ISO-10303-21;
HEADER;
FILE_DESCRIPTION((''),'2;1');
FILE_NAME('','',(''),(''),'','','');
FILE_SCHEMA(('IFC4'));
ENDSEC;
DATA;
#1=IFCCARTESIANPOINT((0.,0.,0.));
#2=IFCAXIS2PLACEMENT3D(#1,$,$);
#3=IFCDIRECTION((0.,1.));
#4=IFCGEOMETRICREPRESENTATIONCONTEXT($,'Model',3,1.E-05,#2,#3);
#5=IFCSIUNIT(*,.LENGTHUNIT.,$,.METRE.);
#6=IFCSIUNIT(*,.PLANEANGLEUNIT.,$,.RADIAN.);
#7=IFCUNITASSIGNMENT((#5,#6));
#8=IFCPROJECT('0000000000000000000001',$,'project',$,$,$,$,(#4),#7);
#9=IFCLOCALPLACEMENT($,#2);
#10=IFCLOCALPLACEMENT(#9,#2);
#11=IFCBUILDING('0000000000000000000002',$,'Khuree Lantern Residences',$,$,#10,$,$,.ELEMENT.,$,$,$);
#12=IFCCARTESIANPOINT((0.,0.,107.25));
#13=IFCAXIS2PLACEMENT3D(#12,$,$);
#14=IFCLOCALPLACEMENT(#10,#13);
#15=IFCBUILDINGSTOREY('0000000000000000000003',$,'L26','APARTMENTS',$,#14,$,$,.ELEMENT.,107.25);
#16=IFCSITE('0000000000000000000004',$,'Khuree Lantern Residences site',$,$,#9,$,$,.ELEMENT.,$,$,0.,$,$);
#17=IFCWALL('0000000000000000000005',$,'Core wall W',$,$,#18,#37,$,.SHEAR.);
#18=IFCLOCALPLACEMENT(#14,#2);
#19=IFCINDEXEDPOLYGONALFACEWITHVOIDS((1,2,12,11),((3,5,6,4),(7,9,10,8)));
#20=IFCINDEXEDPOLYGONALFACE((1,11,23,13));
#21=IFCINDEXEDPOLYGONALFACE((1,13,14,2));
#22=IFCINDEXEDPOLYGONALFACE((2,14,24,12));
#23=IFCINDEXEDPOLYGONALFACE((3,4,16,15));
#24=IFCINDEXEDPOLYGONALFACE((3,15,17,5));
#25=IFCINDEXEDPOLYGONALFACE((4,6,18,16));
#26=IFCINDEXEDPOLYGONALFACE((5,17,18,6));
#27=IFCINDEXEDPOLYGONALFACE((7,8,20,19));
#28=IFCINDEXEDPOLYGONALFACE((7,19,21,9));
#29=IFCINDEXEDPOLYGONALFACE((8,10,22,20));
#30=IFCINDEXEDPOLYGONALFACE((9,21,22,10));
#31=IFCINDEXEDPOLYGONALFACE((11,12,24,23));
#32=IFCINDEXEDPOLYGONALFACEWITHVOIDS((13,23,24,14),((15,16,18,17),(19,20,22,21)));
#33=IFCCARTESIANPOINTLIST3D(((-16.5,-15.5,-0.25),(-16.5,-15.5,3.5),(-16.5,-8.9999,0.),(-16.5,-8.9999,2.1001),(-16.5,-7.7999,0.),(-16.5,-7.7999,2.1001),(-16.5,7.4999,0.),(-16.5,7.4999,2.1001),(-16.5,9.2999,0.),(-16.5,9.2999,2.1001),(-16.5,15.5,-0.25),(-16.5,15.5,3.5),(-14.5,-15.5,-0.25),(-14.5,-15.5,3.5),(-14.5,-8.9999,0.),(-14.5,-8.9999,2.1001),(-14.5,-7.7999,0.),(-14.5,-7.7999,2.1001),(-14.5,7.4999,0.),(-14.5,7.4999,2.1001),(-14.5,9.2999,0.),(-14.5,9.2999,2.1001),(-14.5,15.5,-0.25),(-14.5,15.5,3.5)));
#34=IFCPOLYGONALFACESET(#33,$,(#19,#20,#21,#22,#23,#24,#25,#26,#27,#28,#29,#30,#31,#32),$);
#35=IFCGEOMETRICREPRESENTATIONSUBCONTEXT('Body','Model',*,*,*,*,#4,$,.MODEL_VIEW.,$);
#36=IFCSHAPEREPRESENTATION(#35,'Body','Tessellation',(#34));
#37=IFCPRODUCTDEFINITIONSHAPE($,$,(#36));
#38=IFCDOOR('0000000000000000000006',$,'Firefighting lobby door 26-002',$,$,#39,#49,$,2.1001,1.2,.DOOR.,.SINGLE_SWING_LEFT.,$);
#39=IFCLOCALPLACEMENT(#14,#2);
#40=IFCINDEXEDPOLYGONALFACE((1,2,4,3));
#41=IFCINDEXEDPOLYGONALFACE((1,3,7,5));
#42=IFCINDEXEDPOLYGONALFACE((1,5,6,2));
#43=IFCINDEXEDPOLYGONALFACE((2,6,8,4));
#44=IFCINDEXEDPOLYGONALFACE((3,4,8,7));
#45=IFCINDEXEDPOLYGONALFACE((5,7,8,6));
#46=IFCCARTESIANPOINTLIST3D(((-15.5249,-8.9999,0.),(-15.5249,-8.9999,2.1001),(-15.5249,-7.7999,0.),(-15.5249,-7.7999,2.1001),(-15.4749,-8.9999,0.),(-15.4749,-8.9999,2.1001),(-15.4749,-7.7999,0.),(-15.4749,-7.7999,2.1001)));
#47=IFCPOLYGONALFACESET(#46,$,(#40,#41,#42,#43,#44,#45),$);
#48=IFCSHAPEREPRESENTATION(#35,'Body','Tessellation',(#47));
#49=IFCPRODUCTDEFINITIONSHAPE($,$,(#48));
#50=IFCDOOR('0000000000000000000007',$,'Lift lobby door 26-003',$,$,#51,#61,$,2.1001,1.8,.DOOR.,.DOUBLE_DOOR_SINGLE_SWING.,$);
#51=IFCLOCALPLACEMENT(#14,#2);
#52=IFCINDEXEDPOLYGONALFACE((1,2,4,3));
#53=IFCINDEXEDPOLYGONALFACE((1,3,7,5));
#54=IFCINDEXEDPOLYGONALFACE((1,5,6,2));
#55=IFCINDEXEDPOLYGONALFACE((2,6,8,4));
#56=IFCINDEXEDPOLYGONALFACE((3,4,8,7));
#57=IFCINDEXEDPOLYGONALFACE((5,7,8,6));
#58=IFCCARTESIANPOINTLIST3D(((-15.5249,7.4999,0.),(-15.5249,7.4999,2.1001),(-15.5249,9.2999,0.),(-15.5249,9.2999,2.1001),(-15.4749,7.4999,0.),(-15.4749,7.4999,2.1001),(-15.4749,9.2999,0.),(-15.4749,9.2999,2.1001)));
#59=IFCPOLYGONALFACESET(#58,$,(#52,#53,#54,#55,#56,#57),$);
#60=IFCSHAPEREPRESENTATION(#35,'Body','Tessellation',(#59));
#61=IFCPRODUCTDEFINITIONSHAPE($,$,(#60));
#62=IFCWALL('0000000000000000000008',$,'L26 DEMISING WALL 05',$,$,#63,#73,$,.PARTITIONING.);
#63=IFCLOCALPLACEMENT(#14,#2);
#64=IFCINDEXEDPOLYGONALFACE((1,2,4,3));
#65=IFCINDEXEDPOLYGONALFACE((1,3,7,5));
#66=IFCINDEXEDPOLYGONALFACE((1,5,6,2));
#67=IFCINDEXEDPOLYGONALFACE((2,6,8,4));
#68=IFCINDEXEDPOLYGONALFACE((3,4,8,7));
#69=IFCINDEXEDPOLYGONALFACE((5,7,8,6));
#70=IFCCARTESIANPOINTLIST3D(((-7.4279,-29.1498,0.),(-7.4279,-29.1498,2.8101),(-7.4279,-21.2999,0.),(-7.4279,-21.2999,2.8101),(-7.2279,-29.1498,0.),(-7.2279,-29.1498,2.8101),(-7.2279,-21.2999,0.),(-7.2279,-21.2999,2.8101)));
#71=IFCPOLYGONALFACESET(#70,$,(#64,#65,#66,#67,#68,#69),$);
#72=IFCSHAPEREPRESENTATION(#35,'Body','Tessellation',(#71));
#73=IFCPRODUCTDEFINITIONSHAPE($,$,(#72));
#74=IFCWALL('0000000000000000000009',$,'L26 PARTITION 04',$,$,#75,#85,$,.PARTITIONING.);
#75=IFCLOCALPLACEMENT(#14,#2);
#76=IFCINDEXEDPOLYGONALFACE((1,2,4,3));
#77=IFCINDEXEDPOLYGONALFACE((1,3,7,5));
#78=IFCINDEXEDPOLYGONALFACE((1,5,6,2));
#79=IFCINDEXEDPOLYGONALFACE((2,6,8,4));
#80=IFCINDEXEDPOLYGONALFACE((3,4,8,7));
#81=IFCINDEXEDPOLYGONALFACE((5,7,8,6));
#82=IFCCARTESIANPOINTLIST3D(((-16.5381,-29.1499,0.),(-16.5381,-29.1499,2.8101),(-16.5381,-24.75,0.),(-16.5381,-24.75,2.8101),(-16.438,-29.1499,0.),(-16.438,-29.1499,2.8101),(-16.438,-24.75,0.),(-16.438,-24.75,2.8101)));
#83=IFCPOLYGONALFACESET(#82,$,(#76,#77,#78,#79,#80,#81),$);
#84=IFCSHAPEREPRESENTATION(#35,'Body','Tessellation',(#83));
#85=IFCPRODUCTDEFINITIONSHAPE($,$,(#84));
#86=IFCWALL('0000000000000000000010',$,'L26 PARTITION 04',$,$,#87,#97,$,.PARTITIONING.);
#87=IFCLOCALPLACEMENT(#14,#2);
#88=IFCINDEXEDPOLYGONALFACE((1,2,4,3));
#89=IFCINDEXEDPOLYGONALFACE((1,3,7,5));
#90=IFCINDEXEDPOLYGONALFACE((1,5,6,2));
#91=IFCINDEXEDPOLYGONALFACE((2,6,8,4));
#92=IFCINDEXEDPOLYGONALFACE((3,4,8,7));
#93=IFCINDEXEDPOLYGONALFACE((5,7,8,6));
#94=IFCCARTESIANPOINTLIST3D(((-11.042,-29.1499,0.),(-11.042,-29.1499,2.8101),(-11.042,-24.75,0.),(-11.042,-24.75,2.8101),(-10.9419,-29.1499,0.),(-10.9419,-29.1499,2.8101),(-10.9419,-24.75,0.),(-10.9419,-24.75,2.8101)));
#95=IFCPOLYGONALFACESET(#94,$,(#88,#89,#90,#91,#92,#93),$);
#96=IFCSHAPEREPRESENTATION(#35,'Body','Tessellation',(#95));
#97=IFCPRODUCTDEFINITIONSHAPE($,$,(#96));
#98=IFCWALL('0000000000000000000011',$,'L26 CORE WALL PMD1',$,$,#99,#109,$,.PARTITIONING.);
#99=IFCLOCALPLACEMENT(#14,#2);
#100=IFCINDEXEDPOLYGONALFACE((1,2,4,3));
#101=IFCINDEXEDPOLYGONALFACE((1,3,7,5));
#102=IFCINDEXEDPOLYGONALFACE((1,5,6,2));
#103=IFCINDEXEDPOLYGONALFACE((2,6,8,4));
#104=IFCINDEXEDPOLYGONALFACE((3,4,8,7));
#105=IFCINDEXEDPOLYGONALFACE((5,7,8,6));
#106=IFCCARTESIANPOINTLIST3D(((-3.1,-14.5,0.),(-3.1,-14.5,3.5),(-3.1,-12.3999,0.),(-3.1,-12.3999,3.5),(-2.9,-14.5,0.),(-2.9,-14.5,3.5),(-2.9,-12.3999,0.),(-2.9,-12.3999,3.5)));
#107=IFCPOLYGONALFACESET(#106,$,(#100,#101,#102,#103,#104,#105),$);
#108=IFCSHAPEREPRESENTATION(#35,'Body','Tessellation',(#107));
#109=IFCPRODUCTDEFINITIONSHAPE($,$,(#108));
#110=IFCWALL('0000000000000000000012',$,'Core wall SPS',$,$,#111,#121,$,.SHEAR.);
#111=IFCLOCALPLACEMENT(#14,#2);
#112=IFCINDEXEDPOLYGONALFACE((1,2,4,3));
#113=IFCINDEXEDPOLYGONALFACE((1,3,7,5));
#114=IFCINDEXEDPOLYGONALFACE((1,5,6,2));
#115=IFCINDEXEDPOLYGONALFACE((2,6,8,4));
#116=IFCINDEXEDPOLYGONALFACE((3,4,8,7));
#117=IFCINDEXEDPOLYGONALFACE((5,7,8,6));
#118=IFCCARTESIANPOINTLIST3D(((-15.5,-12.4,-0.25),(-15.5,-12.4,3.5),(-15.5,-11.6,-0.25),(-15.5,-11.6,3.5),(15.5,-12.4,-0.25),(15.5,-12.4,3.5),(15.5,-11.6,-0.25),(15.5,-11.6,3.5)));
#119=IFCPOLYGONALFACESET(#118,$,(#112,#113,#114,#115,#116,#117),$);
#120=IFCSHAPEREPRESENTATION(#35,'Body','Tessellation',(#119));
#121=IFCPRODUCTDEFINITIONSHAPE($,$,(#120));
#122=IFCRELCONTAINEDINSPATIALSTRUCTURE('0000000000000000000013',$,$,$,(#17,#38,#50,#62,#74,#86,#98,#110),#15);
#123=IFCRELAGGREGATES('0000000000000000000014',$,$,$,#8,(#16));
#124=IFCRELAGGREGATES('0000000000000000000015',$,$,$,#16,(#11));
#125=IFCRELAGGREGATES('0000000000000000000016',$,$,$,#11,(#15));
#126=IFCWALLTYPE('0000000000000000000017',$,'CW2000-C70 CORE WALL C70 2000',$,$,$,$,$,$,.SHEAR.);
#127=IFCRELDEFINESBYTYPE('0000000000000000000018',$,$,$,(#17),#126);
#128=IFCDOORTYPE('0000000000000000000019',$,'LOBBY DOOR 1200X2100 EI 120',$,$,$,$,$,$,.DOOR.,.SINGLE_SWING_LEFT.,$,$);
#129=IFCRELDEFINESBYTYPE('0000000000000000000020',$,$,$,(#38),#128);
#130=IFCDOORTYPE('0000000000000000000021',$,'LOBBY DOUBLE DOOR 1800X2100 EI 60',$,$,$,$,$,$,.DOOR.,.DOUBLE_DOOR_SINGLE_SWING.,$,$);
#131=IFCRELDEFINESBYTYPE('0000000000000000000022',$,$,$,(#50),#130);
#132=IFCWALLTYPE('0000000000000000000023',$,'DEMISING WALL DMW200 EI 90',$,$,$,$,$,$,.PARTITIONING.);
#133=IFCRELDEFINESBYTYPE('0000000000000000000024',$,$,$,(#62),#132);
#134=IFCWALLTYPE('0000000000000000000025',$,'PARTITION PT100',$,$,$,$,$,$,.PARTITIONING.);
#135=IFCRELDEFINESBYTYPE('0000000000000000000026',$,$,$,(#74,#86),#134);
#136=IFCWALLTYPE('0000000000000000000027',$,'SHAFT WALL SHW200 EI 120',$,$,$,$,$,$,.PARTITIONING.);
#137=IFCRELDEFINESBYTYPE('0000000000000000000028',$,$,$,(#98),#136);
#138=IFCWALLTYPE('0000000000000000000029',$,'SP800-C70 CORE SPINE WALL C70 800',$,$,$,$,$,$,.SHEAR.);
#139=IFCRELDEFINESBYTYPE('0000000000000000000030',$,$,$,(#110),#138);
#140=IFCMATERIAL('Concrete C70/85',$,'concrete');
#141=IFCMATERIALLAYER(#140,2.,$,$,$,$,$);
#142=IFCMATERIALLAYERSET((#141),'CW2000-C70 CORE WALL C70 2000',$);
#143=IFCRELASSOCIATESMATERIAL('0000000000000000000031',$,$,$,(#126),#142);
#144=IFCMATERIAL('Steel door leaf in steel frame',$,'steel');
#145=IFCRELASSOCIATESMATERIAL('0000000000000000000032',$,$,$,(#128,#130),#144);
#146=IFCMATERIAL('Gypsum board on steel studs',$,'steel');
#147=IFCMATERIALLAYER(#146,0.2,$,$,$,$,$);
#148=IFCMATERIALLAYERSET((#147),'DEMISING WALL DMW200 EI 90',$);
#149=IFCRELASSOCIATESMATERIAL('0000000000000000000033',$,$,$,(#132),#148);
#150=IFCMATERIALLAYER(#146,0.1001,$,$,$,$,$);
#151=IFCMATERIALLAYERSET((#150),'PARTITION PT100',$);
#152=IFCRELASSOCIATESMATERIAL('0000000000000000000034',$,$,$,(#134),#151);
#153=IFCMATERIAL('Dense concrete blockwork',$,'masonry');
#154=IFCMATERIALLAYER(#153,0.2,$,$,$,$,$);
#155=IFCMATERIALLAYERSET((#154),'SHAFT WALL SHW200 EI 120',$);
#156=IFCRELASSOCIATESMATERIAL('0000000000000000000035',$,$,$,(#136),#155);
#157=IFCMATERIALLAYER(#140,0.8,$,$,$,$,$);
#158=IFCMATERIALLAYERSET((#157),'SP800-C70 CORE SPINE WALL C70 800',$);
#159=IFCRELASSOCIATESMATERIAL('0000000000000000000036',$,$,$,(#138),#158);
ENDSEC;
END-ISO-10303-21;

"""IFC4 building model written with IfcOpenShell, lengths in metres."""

from ifc_helpers import new_model, si_unit, direction, frame, frame_2d, origin, place, context, subcontext, project, spatial, rectangle, extrude, material, layer, layer_set, type_object, element, fill, save


model = new_model("IFC4")

# Units and contexts
model_context = context("Model", 3, precision=1e-05, world=origin(), true_north=direction((0.0, 1.0)))
body_context = subcontext(model_context, "Body", "Model", "MODEL_VIEW")
ifc_project = project(units=[si_unit("LENGTHUNIT", "METRE"), si_unit("PLANEANGLEUNIT", "RADIAN")], contexts=[model_context])

# Site, building, storey
site_placement = place(None, origin())
site = spatial("IfcSite", under=ifc_project, at=site_placement, Name="Khuree Lantern Residences site", CompositionType="ELEMENT", RefElevation=0.0)
building_placement = place(site_placement, origin())
building = spatial("IfcBuilding", under=site, at=building_placement, Name="Khuree Lantern Residences", CompositionType="ELEMENT")
storey_placement = place(building_placement, frame((0.0, 0.0, 107.25)))
storey = spatial("IfcBuildingStorey", under=building, at=storey_placement, Name="L26", Description="APARTMENTS", CompositionType="ELEMENT", Elevation=107.25)

# Shared definitions
ifc_material_1 = material(Name="Concrete C70/85", Category="concrete")

# Shared definitions
ifc_material_2 = material(Name="Dense concrete blockwork", Category="masonry")

# Shared definitions
ifc_material_3 = material(Name="Gypsum board on steel studs", Category="steel")

# Wall, openings, doors
ifc_layer_1 = layer(ifc_material_1, 2.0)
ifc_layer_set_1 = layer_set([ifc_layer_1], Name="CW2000-C70 CORE WALL C70 2000")
wall_type_1 = type_object("IfcWallType", Name="CW2000-C70 CORE WALL C70 2000", PredefinedType="SHEAR", material=ifc_layer_set_1)
wall_1_placement = place(storey_placement, frame((-15.5, -15.5, -0.25), z_axis=(0.0, 0.0, 1.0), x_axis=(0.0, 1.0, 0.0)))
wall_1 = element("IfcWall", 1, at=wall_1_placement, inside=storey, type_object=wall_type_1, Name="Core wall W", PredefinedType="SHEAR", context=body_context, shape_type="SweptSolid", body=[
    extrude(rectangle(XDim=31.0, YDim=2.0, at=frame_2d((15.5, 0.0))), origin(), (0.0, 0.0, 1.0), 3.75),
])
opening_1_placement = place(wall_1_placement, frame((6.5, 0.0, 0.25)))
opening_1 = element("IfcOpeningElement", 2, at=opening_1_placement, cuts=wall_1, PredefinedType="OPENING", context=body_context, shape_type="SweptSolid", body=[
    extrude(rectangle(XDim=1.2, YDim=2.1001, at=frame_2d((0.6001, 1.05))), frame((0.0, 1.01, 0.0), z_axis=(0.0, -1.0, 0.0), x_axis=(1.0, 0.0, 0.0)), (0.0, 0.0, 1.0), 2.02),
])
opening_2_placement = place(wall_1_placement, frame((23.0, 0.0, 0.25)))
opening_2 = element("IfcOpeningElement", 3, at=opening_2_placement, cuts=wall_1, PredefinedType="OPENING", context=body_context, shape_type="SweptSolid", body=[
    extrude(rectangle(XDim=1.8, YDim=2.1001, at=frame_2d((0.8999, 1.05))), frame((0.0, 1.01, 0.0), z_axis=(0.0, -1.0, 0.0), x_axis=(1.0, 0.0, 0.0)), (0.0, 0.0, 1.0), 2.02),
])
ifc_material_4 = material(Name="Steel door leaf in steel frame", Category="steel")
door_type_1 = type_object("IfcDoorType", Name="LOBBY DOOR 1200X2100 EI 120", OperationType="SINGLE_SWING_LEFT", PredefinedType="DOOR", material=ifc_material_4)
door_1_placement = place(opening_1_placement, origin())
door_1 = element("IfcDoor", 4, at=door_1_placement, inside=storey, type_object=door_type_1, Name="Firefighting lobby door 26-002", OperationType="SINGLE_SWING_LEFT", OverallHeight=2.1001, OverallWidth=1.2, PredefinedType="DOOR", context=body_context, shape_type="SweptSolid", body=[
    extrude(rectangle(XDim=1.2, YDim=2.1001, at=frame_2d((0.6001, 1.05))), frame((0.0, 0.0249, 0.0), z_axis=(0.0, -1.0, 0.0), x_axis=(1.0, 0.0, 0.0)), (0.0, 0.0, 1.0), 0.05),
])
fill(opening_1, door_1)
door_type_2 = type_object("IfcDoorType", Name="LOBBY DOUBLE DOOR 1800X2100 EI 60", OperationType="DOUBLE_DOOR_SINGLE_SWING", PredefinedType="DOOR", material=ifc_material_4)
door_2_placement = place(opening_2_placement, origin())
door_2 = element("IfcDoor", 5, at=door_2_placement, inside=storey, type_object=door_type_2, Name="Lift lobby door 26-003", OperationType="DOUBLE_DOOR_SINGLE_SWING", OverallHeight=2.1001, OverallWidth=1.8, PredefinedType="DOOR", context=body_context, shape_type="SweptSolid", body=[
    extrude(rectangle(XDim=1.8, YDim=2.1001, at=frame_2d((0.8999, 1.05))), frame((0.0, 0.0249, 0.0), z_axis=(0.0, -1.0, 0.0), x_axis=(1.0, 0.0, 0.0)), (0.0, 0.0, 1.0), 0.05),
])
fill(opening_2, door_2)

# Walls
ifc_layer_2 = layer(ifc_material_3, 0.2)
ifc_layer_set_2 = layer_set([ifc_layer_2], Name="DEMISING WALL DMW200 EI 90")
wall_type_2 = type_object("IfcWallType", Name="DEMISING WALL DMW200 EI 90", PredefinedType="PARTITIONING", material=ifc_layer_set_2)
wall_2_placement = place(storey_placement, frame((-7.3279, -21.3, 0.0), z_axis=(0.0, 0.0, 1.0), x_axis=(0.0, -1.0, 0.0)))
element("IfcWall", 6, at=wall_2_placement, inside=storey, type_object=wall_type_2, Name="L26 DEMISING WALL 05", PredefinedType="PARTITIONING", context=body_context, shape_type="SweptSolid", body=[
    extrude(rectangle(XDim=7.8499, YDim=0.2, at=frame_2d((3.9248, 0.0))), origin(), (0.0, 0.0, 1.0), 2.8101),
])
ifc_layer_3 = layer(ifc_material_3, 0.1001)
ifc_layer_set_3 = layer_set([ifc_layer_3], Name="PARTITION PT100")
wall_type_3 = type_object("IfcWallType", Name="PARTITION PT100", PredefinedType="PARTITIONING", material=ifc_layer_set_3)
for number, where, z_axis, x_axis, name in (
    (7, (-16.488, -24.75, 0.0), (0.0, 0.0, 1.0), (0.0, -1.0, 0.0), "L26 PARTITION 04"),
    (8, (-10.9919, -24.75, 0.0), (0.0, 0.0, 1.0), (0.0, -1.0, 0.0), "L26 PARTITION 04"),
):
    element("IfcWall", number, at=place(storey_placement, frame(where, z_axis=z_axis, x_axis=x_axis)), inside=storey, type_object=wall_type_3, Name=name, PredefinedType="PARTITIONING", context=body_context, shape_type="SweptSolid", body=[
        extrude(rectangle(XDim=4.3999, YDim=0.1001, at=frame_2d((2.2, 0.0))), origin(), (0.0, 0.0, 1.0), 2.8101),
    ])
ifc_layer_4 = layer(ifc_material_2, 0.2)
ifc_layer_set_4 = layer_set([ifc_layer_4], Name="SHAFT WALL SHW200 EI 120")
wall_type_4 = type_object("IfcWallType", Name="SHAFT WALL SHW200 EI 120", PredefinedType="PARTITIONING", material=ifc_layer_set_4)
wall_3_placement = place(storey_placement, frame((-3.0, -14.5, 0.0), z_axis=(0.0, 0.0, 1.0), x_axis=(0.0, 1.0, 0.0)))
element("IfcWall", 9, at=wall_3_placement, inside=storey, type_object=wall_type_4, Name="L26 CORE WALL PMD1", PredefinedType="PARTITIONING", context=body_context, shape_type="SweptSolid", body=[
    extrude(rectangle(XDim=2.1001, YDim=0.2, at=frame_2d((1.05, 0.0))), origin(), (0.0, 0.0, 1.0), 3.5),
])
ifc_layer_5 = layer(ifc_material_1, 0.8)
ifc_layer_set_5 = layer_set([ifc_layer_5], Name="SP800-C70 CORE SPINE WALL C70 800")
wall_type_5 = type_object("IfcWallType", Name="SP800-C70 CORE SPINE WALL C70 800", PredefinedType="SHEAR", material=ifc_layer_set_5)
wall_4_placement = place(storey_placement, frame((-15.5, -12.0, -0.25), z_axis=(0.0, 0.0, 1.0), x_axis=(1.0, 0.0, 0.0)))
element("IfcWall", 10, at=wall_4_placement, inside=storey, type_object=wall_type_5, Name="Core wall SPS", PredefinedType="SHEAR", context=body_context, shape_type="SweptSolid", body=[
    extrude(rectangle(XDim=31.0, YDim=0.8, at=frame_2d((15.5, 0.0))), origin(), (0.0, 0.0, 1.0), 3.75),
])

save(model, "model.ifc")
